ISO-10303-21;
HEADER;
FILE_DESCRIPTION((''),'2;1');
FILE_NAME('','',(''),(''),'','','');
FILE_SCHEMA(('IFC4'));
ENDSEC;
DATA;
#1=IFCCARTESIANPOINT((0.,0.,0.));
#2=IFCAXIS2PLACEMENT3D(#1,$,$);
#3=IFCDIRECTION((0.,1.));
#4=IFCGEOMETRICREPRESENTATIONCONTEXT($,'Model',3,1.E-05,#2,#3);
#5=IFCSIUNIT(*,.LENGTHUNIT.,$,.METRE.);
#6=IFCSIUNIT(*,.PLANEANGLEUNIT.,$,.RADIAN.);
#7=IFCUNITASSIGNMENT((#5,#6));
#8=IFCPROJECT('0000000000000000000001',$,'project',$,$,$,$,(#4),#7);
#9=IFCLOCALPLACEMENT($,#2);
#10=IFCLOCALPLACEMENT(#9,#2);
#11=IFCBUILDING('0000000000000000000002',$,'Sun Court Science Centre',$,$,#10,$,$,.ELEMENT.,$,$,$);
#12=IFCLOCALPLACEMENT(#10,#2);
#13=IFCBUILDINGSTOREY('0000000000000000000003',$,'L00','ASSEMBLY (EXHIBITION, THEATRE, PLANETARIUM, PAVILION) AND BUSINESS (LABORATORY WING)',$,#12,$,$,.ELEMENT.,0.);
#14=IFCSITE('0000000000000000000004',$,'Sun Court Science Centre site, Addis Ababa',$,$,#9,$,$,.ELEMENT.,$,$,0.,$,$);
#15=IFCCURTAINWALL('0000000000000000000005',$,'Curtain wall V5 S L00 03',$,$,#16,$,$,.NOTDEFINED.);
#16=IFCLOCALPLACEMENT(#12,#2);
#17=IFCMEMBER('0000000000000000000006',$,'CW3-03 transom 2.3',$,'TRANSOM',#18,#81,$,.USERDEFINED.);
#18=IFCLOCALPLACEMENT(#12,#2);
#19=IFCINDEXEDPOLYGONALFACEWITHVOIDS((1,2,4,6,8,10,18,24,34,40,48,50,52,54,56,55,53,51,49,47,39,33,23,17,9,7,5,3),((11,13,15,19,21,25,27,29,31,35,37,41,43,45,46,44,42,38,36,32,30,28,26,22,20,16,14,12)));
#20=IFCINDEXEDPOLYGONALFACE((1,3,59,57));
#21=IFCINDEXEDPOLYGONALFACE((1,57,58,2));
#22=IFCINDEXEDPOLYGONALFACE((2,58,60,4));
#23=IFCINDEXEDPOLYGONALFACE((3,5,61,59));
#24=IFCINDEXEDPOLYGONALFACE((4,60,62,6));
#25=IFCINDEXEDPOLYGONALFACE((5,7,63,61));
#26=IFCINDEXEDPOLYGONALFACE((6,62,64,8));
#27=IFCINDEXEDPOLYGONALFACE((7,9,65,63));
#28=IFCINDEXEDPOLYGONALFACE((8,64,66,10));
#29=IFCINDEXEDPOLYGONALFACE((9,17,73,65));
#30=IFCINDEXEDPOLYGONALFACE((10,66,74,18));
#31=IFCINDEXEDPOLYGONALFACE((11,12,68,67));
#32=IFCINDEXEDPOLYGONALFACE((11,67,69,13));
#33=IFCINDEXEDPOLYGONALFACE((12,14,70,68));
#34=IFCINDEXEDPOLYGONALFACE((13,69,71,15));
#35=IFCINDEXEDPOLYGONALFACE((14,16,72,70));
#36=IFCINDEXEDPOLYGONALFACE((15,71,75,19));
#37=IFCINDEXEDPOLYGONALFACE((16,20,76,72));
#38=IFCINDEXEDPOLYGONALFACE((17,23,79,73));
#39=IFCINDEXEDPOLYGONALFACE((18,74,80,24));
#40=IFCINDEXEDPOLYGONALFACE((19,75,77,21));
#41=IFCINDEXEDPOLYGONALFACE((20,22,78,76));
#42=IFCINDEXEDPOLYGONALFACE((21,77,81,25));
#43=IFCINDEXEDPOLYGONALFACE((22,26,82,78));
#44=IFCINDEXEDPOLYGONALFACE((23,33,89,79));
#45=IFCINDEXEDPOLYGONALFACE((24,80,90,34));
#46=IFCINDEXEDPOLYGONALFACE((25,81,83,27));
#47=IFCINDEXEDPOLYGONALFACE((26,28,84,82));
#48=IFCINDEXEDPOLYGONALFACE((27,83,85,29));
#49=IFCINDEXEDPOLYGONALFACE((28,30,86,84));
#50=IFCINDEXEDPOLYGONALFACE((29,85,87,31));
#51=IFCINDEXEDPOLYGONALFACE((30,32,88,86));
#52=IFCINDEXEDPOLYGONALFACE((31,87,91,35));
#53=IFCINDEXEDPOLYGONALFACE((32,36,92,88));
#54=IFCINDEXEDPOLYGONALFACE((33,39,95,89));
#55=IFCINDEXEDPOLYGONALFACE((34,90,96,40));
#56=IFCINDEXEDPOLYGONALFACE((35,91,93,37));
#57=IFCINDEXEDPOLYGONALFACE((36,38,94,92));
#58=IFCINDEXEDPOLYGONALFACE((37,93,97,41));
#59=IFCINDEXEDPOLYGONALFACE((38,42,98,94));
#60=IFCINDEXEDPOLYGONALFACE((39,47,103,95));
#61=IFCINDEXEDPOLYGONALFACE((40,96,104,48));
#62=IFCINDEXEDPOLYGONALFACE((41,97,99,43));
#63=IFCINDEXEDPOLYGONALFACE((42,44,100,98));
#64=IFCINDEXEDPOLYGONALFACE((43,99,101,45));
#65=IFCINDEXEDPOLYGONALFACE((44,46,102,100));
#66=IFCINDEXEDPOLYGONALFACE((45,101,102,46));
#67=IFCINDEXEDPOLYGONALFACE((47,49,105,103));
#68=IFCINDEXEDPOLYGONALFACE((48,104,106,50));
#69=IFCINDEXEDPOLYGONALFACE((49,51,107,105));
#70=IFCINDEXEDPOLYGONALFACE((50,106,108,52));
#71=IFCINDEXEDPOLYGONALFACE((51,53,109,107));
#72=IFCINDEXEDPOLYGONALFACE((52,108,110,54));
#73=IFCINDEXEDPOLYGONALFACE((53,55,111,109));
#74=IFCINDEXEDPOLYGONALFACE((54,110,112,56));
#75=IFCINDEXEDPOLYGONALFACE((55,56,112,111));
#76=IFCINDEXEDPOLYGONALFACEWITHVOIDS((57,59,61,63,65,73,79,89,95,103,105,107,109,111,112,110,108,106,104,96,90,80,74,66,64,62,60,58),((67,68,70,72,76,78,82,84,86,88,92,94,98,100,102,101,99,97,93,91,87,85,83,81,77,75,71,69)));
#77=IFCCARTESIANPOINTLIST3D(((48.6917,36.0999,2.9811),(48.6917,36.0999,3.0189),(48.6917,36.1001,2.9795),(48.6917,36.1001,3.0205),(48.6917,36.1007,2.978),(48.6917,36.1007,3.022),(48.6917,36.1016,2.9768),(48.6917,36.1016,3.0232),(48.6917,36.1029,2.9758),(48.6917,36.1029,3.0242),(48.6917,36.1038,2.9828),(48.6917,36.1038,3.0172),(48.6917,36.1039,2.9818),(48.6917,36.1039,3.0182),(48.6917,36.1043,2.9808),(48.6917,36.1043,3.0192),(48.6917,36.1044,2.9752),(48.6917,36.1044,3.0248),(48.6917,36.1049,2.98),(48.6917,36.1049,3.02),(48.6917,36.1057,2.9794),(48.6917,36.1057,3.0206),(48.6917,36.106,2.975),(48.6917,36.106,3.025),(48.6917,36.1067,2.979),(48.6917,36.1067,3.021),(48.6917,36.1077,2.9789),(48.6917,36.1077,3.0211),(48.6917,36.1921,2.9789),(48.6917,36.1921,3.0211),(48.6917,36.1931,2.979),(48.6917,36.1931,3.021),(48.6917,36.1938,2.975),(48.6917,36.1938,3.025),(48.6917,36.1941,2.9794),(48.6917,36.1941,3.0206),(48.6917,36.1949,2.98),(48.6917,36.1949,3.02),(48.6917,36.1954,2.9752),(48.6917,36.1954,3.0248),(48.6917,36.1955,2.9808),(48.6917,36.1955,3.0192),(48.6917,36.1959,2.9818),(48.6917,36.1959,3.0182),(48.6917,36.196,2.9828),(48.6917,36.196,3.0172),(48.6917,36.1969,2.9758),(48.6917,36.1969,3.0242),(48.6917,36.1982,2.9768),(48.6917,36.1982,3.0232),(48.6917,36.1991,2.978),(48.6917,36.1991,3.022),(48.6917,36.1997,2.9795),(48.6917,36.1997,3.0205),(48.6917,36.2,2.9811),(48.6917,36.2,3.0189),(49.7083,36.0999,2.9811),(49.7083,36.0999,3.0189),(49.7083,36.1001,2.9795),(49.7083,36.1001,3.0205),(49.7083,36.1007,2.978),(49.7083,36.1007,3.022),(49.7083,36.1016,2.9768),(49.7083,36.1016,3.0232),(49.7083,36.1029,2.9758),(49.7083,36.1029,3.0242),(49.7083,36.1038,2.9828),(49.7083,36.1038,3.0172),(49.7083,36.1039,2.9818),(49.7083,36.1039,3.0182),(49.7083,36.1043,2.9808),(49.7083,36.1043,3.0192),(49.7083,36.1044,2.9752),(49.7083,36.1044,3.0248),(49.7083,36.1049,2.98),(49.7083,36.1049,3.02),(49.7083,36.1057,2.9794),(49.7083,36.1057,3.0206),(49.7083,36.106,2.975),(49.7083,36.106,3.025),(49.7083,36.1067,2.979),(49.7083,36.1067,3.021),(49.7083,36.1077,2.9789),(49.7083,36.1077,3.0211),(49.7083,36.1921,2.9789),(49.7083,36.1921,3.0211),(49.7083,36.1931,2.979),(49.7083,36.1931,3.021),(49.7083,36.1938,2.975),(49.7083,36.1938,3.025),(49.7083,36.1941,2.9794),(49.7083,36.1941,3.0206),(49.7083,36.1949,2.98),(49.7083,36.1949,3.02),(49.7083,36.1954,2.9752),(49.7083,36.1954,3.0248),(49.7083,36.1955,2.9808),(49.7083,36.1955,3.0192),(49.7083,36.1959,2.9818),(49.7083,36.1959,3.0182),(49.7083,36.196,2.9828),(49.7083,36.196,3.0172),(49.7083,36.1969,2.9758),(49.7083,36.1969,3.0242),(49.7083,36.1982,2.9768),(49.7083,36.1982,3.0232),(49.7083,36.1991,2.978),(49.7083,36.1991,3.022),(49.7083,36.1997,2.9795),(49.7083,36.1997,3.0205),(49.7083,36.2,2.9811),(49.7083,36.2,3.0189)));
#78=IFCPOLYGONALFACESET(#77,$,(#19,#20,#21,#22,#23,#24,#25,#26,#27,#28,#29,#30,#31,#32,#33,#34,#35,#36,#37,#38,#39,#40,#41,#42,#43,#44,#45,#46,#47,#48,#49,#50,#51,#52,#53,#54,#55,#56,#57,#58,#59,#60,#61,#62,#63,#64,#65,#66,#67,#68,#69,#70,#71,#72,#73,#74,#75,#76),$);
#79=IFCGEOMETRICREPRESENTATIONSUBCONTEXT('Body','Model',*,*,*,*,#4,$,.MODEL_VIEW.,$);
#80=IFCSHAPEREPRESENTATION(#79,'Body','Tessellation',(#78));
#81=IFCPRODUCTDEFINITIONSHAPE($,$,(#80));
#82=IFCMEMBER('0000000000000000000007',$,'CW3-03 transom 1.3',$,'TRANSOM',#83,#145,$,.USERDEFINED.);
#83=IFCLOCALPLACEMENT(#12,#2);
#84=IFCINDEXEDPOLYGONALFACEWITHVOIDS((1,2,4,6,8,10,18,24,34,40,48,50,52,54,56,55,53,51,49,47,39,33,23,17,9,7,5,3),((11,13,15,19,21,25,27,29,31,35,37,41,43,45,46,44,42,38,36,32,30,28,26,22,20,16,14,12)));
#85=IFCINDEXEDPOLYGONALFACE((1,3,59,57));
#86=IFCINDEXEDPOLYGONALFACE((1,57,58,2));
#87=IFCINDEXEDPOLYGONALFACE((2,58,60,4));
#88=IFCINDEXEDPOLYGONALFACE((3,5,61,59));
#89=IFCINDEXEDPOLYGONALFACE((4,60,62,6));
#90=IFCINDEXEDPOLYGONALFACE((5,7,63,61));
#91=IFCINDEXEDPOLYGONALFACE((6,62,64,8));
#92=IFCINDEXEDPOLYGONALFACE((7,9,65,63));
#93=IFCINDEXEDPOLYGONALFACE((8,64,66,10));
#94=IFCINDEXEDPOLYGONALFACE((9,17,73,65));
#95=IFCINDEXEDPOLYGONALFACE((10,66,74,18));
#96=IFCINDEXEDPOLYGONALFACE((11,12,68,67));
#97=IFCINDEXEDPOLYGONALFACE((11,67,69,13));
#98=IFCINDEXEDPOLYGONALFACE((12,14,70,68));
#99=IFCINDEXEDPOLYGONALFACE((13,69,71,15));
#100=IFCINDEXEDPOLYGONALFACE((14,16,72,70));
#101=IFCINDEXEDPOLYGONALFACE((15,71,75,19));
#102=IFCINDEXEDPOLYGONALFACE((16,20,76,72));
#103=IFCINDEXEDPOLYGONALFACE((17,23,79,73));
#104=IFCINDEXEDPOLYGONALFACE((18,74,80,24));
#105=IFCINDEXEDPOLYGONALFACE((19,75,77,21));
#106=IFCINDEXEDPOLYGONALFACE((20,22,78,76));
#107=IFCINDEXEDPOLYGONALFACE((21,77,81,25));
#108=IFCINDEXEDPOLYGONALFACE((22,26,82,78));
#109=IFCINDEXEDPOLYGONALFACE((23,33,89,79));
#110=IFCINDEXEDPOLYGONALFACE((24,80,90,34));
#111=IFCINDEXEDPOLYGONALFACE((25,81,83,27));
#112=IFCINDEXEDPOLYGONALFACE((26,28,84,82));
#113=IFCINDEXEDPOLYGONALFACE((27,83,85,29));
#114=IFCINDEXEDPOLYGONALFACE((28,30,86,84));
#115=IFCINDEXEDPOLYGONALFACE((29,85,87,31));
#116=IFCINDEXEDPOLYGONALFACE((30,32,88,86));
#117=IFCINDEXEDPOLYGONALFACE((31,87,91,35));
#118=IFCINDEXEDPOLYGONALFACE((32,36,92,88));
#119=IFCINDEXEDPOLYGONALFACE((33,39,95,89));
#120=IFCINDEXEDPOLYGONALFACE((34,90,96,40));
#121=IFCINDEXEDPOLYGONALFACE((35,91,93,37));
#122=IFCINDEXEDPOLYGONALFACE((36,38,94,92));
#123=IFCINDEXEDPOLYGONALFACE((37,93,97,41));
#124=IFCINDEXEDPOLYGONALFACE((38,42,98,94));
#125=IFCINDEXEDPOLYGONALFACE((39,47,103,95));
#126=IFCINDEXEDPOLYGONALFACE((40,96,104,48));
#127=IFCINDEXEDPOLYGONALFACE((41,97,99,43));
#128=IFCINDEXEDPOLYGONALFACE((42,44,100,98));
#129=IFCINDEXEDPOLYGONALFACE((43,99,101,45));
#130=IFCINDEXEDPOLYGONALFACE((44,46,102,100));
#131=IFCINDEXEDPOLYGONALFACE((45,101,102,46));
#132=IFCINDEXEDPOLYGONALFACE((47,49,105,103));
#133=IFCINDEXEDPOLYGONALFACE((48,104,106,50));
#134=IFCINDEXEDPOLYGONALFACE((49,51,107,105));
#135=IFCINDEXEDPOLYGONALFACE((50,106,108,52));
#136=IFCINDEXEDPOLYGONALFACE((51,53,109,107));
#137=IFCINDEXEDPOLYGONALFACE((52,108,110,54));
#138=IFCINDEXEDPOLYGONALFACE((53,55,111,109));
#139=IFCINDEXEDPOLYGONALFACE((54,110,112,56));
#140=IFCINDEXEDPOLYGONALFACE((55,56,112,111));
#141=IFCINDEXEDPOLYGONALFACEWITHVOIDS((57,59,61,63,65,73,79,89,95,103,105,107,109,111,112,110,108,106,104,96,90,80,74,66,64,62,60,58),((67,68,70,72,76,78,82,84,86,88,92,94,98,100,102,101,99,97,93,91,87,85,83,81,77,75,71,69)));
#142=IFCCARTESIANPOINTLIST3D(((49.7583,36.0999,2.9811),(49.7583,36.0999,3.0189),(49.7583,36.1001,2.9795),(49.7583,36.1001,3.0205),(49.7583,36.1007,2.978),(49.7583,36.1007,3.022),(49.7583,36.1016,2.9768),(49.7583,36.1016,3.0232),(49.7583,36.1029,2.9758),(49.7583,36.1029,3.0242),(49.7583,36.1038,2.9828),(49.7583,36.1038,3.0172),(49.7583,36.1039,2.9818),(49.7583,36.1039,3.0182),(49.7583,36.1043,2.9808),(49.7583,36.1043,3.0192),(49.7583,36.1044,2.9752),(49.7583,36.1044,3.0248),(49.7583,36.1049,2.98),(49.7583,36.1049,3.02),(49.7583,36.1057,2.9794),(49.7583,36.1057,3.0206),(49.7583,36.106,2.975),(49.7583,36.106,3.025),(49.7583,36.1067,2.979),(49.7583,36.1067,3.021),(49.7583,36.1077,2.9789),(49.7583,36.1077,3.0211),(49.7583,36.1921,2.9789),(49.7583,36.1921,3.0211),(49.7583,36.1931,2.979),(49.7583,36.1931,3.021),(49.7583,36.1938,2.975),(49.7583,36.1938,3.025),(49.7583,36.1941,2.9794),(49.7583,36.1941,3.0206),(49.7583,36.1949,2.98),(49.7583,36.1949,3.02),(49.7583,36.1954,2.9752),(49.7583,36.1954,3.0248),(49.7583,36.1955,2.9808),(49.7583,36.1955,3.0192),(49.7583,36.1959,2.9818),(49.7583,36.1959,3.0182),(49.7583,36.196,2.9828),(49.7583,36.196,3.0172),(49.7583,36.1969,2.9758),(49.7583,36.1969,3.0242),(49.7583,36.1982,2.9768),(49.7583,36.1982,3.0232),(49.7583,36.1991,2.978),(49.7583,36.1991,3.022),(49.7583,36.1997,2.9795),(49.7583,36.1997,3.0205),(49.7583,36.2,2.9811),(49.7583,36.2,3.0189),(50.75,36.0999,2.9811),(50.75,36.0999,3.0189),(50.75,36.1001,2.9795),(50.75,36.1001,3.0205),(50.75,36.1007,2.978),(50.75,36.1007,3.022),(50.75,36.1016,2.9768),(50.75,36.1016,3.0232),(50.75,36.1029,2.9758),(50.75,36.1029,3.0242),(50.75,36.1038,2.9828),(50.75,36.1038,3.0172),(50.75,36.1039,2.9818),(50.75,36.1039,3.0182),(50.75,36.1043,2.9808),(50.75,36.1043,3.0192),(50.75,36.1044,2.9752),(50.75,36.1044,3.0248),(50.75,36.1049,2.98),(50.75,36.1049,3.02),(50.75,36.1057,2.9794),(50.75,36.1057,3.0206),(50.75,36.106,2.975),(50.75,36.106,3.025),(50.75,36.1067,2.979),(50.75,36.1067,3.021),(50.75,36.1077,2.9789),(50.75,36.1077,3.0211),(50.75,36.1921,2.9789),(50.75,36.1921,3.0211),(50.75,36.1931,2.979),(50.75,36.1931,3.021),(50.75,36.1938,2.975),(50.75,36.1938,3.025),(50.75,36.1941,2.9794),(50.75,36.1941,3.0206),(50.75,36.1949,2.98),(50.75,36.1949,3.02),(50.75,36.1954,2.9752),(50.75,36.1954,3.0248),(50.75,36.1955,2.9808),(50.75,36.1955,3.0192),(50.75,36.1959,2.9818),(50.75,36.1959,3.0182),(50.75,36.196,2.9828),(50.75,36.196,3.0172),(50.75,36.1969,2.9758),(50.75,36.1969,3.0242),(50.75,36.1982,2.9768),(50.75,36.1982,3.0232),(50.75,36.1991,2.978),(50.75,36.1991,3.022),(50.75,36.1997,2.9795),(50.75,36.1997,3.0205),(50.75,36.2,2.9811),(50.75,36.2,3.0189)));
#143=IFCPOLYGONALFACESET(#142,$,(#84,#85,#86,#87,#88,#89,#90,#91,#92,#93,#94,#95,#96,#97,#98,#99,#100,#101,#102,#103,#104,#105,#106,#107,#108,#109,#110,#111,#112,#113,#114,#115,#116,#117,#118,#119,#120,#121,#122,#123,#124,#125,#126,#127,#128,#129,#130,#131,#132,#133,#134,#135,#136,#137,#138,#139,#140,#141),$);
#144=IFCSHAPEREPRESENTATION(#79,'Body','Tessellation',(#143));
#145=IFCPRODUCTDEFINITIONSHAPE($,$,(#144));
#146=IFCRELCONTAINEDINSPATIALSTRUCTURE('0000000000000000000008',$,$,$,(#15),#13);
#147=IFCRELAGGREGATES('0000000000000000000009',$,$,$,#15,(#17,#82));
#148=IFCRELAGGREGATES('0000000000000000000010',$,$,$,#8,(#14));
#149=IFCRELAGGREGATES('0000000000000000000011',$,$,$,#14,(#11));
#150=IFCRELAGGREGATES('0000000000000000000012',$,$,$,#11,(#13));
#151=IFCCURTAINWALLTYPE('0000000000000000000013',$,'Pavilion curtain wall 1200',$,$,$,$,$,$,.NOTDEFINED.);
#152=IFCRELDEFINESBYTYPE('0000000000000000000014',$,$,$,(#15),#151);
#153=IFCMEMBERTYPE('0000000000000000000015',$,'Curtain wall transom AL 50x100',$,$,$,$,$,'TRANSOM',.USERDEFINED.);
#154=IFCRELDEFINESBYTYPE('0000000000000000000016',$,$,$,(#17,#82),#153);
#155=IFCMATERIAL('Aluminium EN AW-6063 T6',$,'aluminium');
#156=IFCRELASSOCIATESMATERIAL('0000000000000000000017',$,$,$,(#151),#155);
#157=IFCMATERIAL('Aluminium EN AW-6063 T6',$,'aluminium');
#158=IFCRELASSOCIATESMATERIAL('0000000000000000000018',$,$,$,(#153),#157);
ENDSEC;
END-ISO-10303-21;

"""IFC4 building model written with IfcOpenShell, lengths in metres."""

from ifc_helpers import new_model, si_unit, direction, frame, origin, origin_2d, place, context, subcontext, project, spatial, hollow_rectangle, extrude, material, material_profile, profile_set, type_object, element, aggregate, save


model = new_model("IFC4")

# Units and contexts
model_context = context("Model", 3, precision=1e-05, world=origin(), true_north=direction((0.0, 1.0)))
body_context = subcontext(model_context, "Body", "Model", "MODEL_VIEW")
ifc_project = project(units=[si_unit("LENGTHUNIT", "METRE"), si_unit("PLANEANGLEUNIT", "RADIAN")], contexts=[model_context])

# Site, building, storey
site_placement = place(None, origin())
site = spatial("IfcSite", under=ifc_project, at=site_placement, Name="Sun Court Science Centre site, Addis Ababa", CompositionType="ELEMENT", RefElevation=0.0)
building_placement = place(site_placement, origin())
building = spatial("IfcBuilding", under=site, at=building_placement, Name="Sun Court Science Centre", CompositionType="ELEMENT")
storey_placement = place(building_placement, origin())
storey = spatial("IfcBuildingStorey", under=building, at=storey_placement, Name="L00", Description="ASSEMBLY (EXHIBITION, THEATRE, PLANETARIUM, PAVILION) AND BUSINESS (LABORATORY WING)", CompositionType="ELEMENT", Elevation=0.0)

# Curtain wall, members
ifc_material_1 = material(Name="Aluminium EN AW-6063 T6", Category="aluminium")
curtain_wall_type = type_object("IfcCurtainWallType", Name="Pavilion curtain wall 1200", PredefinedType="NOTDEFINED", material=ifc_material_1)
ifc_material_2 = material(Name="Aluminium EN AW-6063 T6", Category="aluminium")
ifc_material_profile = material_profile(ifc_material_2, hollow_rectangle(XDim=0.05, YDim=0.1001, WallThickness=0.0039, InnerFilletRadius=0.0039, OuterFilletRadius=0.0061, at=origin_2d()), Name="AL 50x100x4")
ifc_profile_set = profile_set([ifc_material_profile], Name="Aluminium EN AW-6063 T6")
member_type = type_object("IfcMemberType", Name="Curtain wall transom AL 50x100", ElementType="TRANSOM", PredefinedType="USERDEFINED", material=ifc_profile_set)
curtain_wall_1_placement = place(storey_placement, origin())
curtain_wall_1 = element("IfcCurtainWall", 1, at=curtain_wall_1_placement, inside=storey, type_object=curtain_wall_type, Name="Curtain wall V5 S L00 03", PredefinedType="NOTDEFINED")
member_1_placement = place(storey_placement, frame((49.7083, 36.1499, 3.0), z_axis=(-1.0, 0.0, 0.0), x_axis=(0.0, 0.0, 1.0)))
member_1 = element("IfcMember", 2, at=member_1_placement, type_object=member_type, Name="CW3-03 transom 2.3", ObjectType="TRANSOM", PredefinedType="USERDEFINED", context=body_context, shape_type="SweptSolid", body=[
    extrude(hollow_rectangle(XDim=0.05, YDim=0.1001, WallThickness=0.0039, InnerFilletRadius=0.0039, OuterFilletRadius=0.0061, at=origin_2d()), origin(), (0.0, 0.0, 1.0), 1.0166),
])
member_2_placement = place(storey_placement, frame((50.75, 36.1499, 3.0), z_axis=(-1.0, 0.0, 0.0), x_axis=(0.0, 0.0, 1.0)))
member_2 = element("IfcMember", 3, at=member_2_placement, type_object=member_type, Name="CW3-03 transom 1.3", ObjectType="TRANSOM", PredefinedType="USERDEFINED", context=body_context, shape_type="SweptSolid", body=[
    extrude(hollow_rectangle(XDim=0.05, YDim=0.1001, WallThickness=0.0039, InnerFilletRadius=0.0039, OuterFilletRadius=0.0061, at=origin_2d()), origin(), (0.0, 0.0, 1.0), 0.9917),
])

aggregate(curtain_wall_1, [member_1, member_2])

save(model, "model.ifc")
